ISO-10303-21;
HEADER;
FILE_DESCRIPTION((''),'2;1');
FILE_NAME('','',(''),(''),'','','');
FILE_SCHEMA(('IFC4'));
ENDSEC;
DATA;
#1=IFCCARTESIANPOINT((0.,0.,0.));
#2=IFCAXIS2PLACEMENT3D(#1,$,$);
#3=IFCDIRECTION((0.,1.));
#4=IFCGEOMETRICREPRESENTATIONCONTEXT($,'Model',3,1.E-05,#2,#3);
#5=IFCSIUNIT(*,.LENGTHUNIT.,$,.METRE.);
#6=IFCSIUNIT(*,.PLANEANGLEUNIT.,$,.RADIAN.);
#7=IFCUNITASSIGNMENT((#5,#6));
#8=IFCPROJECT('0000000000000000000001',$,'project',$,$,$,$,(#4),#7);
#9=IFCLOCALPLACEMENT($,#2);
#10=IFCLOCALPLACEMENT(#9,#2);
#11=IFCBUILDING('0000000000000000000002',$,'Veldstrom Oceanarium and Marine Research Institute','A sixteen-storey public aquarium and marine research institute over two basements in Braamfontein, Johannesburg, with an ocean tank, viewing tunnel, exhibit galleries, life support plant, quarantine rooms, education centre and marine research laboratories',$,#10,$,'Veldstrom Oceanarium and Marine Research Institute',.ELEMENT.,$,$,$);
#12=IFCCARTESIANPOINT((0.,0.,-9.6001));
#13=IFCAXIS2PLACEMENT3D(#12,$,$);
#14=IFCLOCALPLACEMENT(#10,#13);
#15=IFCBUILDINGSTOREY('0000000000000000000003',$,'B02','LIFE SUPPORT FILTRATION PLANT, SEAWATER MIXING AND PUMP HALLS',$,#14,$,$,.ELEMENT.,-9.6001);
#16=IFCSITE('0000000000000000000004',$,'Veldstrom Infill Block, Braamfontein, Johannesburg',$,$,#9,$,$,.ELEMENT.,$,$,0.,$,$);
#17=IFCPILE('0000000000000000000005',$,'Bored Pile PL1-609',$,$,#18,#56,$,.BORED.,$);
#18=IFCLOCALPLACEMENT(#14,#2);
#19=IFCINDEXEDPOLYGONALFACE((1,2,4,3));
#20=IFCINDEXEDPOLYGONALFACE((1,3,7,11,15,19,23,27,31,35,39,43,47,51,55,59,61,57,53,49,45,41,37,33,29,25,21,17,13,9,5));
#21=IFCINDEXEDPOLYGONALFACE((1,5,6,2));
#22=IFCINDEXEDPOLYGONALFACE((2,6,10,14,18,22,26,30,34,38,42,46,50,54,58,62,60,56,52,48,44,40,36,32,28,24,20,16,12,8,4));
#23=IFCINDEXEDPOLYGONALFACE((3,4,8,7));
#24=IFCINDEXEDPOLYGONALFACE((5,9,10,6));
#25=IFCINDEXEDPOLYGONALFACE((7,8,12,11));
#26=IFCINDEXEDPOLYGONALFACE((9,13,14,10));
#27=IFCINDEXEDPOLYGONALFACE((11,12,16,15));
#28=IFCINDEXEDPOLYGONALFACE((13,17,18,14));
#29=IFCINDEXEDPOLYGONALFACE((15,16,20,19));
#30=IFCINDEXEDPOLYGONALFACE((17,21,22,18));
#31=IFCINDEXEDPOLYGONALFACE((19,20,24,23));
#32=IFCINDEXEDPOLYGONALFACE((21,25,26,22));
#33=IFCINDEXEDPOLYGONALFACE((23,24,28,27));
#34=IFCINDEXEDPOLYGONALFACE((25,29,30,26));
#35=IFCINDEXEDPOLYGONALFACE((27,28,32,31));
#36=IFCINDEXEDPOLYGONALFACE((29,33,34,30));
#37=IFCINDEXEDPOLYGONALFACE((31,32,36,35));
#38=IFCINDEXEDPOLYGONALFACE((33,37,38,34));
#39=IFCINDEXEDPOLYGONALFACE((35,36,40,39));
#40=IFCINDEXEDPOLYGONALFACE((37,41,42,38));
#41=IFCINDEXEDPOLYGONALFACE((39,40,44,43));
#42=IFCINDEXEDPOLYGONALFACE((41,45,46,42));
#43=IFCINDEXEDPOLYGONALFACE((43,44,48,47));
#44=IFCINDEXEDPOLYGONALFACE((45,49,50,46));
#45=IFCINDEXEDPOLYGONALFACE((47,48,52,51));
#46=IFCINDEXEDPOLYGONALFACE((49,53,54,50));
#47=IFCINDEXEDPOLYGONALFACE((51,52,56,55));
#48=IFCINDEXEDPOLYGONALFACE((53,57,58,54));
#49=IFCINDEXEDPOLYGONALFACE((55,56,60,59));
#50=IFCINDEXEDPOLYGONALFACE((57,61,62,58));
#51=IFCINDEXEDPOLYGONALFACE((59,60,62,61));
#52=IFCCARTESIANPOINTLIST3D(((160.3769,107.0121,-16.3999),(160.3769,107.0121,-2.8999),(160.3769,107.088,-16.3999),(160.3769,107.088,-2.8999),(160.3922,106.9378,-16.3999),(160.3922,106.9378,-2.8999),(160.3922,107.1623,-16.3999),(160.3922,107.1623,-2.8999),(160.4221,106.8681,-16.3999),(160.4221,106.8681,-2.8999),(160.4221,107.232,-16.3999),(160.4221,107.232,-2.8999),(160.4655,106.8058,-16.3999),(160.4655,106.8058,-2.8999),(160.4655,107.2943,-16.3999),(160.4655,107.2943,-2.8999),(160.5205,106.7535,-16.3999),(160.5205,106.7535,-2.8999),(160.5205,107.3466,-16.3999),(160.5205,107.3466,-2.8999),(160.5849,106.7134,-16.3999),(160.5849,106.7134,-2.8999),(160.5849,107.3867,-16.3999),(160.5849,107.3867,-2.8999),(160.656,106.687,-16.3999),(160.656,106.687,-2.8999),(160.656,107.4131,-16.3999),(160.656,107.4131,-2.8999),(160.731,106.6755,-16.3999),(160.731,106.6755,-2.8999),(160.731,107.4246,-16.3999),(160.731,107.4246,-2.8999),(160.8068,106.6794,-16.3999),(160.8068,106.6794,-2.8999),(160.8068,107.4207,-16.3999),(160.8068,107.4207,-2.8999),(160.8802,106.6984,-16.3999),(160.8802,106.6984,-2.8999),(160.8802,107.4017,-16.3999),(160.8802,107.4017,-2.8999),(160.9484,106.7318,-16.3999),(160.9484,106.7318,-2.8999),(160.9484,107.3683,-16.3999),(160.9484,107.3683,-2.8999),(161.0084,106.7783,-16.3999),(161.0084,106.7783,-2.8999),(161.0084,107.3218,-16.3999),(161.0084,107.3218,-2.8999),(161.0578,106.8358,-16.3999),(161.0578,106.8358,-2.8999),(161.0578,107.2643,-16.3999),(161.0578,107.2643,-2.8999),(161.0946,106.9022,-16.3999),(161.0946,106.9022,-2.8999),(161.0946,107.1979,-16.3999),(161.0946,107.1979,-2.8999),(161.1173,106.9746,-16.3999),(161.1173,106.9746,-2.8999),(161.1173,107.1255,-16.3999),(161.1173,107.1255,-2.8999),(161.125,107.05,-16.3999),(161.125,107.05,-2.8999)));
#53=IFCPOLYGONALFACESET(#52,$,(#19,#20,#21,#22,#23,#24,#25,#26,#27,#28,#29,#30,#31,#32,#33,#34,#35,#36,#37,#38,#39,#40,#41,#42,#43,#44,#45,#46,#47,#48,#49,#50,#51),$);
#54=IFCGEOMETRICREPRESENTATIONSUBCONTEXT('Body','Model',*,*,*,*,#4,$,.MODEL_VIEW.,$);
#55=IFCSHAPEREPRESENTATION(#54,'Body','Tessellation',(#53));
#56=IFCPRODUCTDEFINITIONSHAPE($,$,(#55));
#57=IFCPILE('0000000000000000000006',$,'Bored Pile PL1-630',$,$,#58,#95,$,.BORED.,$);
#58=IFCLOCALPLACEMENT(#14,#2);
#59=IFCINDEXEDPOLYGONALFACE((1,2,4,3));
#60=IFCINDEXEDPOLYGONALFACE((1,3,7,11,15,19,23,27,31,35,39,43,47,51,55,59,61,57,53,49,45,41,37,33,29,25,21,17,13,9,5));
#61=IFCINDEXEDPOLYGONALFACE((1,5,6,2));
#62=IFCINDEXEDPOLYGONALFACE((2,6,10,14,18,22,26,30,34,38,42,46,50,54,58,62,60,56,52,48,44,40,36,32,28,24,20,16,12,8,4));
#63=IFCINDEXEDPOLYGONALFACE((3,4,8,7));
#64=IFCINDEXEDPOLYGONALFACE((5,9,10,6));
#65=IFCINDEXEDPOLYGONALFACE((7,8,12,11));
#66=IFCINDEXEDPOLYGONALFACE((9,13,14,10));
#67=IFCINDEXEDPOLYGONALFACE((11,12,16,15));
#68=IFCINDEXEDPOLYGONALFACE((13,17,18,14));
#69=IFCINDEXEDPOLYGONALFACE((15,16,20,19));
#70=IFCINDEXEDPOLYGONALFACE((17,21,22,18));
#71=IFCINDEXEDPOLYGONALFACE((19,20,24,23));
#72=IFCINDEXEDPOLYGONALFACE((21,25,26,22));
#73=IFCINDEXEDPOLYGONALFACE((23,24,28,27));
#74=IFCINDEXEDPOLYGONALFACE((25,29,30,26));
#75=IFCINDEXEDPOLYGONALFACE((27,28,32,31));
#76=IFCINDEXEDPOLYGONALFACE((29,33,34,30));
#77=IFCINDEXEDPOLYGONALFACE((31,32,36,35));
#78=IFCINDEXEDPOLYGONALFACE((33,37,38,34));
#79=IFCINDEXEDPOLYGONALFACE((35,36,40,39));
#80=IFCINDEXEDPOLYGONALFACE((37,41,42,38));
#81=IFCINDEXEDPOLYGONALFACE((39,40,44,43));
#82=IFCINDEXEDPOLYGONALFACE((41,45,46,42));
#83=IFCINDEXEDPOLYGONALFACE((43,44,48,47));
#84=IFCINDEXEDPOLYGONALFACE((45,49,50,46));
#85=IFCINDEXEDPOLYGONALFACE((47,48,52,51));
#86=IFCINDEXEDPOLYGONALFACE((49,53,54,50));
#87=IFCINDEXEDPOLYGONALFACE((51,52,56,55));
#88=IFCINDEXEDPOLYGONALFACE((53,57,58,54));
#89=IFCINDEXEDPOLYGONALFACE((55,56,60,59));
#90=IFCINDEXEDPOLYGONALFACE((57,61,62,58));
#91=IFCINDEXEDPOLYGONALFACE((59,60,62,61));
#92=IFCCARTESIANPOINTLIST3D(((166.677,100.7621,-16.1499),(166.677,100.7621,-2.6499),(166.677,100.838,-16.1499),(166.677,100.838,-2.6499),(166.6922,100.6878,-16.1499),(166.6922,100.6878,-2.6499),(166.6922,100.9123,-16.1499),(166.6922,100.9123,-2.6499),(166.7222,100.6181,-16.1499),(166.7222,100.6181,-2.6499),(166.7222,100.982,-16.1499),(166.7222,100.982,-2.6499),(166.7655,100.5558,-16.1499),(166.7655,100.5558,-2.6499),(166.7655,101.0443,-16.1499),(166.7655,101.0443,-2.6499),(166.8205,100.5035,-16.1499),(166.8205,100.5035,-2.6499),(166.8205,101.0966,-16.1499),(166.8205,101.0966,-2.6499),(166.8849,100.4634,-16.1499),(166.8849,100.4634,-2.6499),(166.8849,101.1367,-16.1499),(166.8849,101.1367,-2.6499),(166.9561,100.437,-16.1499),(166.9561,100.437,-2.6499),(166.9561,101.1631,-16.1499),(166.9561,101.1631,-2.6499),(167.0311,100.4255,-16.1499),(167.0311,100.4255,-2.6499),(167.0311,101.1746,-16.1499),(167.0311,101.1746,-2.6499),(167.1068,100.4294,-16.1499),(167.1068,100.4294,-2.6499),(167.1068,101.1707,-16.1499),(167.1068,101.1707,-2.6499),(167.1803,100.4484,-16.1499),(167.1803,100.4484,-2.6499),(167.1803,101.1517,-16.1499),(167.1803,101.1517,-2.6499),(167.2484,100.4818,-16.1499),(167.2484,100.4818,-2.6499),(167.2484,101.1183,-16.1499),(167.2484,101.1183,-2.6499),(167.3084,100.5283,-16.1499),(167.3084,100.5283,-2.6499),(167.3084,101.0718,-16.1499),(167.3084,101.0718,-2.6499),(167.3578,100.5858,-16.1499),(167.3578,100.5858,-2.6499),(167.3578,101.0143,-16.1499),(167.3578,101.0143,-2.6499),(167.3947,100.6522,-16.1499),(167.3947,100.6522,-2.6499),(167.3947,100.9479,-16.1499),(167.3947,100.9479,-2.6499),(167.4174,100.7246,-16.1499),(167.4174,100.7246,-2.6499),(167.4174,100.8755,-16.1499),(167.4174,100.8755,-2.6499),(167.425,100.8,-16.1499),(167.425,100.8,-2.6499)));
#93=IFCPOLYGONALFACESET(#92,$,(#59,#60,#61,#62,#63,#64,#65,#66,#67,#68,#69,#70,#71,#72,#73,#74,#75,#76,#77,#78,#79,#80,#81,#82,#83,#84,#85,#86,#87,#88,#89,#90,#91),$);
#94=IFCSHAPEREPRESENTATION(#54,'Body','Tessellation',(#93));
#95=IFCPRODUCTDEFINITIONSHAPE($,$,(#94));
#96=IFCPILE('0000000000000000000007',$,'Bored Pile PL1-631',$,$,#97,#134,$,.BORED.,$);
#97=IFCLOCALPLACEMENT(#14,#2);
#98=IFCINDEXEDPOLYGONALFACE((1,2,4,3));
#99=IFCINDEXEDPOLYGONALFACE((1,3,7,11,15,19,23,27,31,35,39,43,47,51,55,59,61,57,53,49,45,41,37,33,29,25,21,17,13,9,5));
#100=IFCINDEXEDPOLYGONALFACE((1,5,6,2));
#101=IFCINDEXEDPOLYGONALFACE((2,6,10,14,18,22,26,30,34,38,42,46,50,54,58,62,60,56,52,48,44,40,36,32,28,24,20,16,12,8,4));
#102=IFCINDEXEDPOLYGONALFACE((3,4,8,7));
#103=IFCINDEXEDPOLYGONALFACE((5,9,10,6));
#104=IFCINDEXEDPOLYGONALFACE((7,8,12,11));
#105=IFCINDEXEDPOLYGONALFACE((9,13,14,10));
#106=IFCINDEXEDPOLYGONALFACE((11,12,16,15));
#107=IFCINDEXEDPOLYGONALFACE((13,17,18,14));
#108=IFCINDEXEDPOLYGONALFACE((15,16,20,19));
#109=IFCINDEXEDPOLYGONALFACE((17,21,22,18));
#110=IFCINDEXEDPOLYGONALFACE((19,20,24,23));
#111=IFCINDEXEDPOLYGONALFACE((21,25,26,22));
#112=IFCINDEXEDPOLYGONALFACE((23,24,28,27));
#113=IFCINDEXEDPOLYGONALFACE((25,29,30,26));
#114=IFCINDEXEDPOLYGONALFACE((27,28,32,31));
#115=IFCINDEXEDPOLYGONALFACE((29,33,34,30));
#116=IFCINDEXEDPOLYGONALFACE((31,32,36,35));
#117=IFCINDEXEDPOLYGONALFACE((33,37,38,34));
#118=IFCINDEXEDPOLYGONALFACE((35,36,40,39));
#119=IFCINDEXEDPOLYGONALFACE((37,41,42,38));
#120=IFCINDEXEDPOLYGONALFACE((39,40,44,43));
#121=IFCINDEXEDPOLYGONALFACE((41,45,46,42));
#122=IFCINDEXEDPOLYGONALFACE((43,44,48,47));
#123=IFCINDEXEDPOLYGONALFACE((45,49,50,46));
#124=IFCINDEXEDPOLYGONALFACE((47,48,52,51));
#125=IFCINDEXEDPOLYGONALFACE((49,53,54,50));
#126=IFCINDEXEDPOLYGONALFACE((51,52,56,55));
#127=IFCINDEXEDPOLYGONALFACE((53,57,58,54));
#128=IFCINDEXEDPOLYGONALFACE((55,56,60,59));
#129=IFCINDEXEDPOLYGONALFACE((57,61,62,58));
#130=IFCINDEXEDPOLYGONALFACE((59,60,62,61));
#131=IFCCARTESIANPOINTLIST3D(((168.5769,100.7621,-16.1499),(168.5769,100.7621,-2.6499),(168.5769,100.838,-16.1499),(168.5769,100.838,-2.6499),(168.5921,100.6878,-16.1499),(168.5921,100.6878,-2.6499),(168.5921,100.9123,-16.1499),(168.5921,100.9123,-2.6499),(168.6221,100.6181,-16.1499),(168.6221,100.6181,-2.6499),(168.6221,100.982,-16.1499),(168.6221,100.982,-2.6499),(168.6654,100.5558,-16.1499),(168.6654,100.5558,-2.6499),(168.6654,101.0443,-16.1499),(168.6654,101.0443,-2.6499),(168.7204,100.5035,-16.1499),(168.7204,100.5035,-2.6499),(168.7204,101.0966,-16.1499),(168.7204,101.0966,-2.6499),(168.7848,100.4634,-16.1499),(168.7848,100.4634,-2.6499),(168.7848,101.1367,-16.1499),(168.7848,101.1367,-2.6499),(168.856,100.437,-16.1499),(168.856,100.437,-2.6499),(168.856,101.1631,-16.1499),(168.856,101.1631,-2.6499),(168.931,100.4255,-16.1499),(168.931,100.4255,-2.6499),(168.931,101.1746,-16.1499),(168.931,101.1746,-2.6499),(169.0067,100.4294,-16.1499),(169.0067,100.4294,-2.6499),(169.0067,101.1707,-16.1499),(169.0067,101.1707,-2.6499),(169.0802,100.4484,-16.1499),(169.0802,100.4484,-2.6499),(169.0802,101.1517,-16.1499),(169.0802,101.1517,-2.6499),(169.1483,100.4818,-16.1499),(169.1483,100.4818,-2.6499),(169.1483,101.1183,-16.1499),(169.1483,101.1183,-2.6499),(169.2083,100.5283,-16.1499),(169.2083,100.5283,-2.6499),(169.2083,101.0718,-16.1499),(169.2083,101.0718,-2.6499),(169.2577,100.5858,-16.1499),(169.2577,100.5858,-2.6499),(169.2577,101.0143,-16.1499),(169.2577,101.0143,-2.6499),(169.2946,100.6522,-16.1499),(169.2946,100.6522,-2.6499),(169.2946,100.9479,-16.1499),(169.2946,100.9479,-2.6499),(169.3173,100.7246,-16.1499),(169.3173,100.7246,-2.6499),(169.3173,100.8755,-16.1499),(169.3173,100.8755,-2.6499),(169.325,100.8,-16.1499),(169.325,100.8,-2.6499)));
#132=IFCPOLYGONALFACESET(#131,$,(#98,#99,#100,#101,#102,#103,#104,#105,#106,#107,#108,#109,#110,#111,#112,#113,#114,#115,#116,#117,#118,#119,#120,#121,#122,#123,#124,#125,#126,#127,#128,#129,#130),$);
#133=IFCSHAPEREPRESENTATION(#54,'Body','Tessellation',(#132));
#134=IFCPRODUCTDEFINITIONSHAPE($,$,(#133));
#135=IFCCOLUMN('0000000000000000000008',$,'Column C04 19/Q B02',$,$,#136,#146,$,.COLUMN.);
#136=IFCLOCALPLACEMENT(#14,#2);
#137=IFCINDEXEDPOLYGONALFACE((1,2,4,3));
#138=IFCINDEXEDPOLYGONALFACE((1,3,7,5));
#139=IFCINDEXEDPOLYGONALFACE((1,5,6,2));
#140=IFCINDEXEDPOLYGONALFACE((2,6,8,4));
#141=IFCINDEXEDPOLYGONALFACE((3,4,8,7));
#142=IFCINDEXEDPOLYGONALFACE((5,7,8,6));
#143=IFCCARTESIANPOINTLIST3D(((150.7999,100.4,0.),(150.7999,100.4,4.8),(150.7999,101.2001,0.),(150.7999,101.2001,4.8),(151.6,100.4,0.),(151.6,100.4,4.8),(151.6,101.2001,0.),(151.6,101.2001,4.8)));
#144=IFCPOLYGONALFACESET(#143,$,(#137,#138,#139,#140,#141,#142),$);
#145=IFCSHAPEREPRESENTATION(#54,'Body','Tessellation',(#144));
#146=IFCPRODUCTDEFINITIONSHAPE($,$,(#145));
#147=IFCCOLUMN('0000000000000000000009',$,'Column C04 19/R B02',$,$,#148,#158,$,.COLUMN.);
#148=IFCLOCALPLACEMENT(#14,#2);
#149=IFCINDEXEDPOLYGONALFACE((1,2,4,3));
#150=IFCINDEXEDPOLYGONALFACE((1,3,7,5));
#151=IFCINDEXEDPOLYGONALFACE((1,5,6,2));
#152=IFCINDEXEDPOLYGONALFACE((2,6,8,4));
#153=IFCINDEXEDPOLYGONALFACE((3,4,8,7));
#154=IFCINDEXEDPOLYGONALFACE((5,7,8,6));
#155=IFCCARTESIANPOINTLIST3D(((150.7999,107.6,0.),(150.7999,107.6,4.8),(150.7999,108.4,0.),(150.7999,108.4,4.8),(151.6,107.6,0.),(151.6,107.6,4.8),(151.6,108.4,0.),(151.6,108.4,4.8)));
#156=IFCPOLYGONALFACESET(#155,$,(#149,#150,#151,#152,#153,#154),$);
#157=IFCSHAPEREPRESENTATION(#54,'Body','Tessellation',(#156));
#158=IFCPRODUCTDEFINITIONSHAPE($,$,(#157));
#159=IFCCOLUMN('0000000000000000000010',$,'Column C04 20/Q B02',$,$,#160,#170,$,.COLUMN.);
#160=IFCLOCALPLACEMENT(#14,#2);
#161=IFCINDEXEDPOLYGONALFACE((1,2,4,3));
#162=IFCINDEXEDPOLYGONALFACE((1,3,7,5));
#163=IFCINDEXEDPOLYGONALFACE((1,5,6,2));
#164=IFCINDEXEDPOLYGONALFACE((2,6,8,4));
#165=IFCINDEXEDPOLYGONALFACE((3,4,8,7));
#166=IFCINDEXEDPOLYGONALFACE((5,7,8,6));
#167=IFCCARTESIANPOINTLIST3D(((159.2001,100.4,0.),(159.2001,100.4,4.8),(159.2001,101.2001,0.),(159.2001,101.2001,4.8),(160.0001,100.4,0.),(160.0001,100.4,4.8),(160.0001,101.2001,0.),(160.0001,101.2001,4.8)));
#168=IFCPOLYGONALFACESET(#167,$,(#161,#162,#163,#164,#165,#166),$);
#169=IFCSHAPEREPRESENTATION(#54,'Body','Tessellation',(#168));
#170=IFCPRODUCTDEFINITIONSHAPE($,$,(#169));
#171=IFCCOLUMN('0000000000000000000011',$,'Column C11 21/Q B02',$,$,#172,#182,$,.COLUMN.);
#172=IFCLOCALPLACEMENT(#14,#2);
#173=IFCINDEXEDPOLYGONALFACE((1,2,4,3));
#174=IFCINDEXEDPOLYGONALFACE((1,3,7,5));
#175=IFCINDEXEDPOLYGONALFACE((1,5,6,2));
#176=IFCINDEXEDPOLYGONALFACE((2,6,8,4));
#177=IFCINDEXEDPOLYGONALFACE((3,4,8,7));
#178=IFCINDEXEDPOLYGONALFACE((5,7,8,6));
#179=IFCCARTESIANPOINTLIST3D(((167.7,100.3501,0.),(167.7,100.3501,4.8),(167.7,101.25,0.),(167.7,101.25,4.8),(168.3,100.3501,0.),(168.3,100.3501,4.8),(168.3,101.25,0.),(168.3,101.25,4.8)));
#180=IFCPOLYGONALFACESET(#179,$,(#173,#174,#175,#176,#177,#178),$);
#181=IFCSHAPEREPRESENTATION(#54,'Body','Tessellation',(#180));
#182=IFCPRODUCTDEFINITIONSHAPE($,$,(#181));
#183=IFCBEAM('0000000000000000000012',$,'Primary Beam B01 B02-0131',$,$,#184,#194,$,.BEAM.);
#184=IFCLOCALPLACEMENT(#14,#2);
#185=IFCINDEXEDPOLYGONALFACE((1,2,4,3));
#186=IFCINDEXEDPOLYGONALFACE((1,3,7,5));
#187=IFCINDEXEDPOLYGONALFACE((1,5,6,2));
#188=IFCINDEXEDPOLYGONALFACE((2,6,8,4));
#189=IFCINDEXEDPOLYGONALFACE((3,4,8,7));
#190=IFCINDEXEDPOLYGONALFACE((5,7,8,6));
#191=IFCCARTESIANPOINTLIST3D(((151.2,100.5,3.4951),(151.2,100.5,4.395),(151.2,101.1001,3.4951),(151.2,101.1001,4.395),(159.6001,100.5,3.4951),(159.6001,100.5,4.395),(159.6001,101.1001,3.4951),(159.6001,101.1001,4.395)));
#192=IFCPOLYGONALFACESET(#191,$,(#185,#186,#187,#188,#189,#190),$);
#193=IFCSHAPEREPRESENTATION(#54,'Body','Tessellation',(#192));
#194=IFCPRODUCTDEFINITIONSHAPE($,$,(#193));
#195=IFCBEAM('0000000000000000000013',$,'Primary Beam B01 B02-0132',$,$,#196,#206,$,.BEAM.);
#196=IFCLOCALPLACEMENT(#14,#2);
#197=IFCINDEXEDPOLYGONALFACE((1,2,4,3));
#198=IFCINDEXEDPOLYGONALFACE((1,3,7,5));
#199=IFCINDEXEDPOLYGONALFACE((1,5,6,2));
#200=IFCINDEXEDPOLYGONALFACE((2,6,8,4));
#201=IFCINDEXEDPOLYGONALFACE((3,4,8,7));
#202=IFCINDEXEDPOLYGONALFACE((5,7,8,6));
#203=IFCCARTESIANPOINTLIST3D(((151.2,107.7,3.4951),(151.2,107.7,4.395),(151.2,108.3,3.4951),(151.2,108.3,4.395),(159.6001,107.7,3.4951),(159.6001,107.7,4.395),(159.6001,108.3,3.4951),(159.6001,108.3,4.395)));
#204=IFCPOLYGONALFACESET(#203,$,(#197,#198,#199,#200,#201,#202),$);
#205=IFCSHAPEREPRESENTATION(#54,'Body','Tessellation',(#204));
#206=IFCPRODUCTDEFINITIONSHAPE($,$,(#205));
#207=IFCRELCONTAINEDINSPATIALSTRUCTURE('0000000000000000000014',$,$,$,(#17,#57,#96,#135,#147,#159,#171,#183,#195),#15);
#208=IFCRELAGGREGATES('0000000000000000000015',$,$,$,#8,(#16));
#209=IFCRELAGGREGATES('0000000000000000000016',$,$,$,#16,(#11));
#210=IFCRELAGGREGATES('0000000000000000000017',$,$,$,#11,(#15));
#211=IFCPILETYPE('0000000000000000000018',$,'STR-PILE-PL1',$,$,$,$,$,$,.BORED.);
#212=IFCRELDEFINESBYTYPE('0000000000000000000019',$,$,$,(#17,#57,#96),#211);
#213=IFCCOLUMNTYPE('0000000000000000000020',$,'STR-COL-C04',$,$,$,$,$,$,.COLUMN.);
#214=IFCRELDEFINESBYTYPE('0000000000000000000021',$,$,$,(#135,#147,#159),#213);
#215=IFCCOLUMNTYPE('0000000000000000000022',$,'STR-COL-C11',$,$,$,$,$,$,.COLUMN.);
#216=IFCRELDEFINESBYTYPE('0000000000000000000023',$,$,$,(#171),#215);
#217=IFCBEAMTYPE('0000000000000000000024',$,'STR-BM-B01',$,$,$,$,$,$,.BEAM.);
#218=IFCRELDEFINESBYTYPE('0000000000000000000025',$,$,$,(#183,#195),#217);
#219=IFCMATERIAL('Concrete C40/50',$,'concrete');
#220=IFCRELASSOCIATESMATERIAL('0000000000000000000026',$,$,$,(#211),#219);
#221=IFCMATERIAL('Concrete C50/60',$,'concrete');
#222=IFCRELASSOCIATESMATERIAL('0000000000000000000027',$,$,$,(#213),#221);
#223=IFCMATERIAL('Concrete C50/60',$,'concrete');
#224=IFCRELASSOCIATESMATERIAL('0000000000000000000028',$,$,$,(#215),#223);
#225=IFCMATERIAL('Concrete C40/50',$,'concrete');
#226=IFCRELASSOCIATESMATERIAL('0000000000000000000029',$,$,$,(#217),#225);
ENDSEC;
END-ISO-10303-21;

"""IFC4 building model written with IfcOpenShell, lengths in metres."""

from ifc_helpers import new_model, si_unit, direction, frame, origin, origin_2d, place, context, subcontext, project, spatial, rectangle, circle, extrude, material, material_profile, profile_set, type_object, element, save


model = new_model("IFC4")

# Units and contexts
model_context = context("Model", 3, precision=1e-05, world=origin(), true_north=direction((0.0, 1.0)))
body_context = subcontext(model_context, "Body", "Model", "MODEL_VIEW")
ifc_project = project(units=[si_unit("LENGTHUNIT", "METRE"), si_unit("PLANEANGLEUNIT", "RADIAN")], contexts=[model_context])

# Site, building, storey
site_placement = place(None, origin())
site = spatial("IfcSite", under=ifc_project, at=site_placement, Name="Veldstrom Infill Block, Braamfontein, Johannesburg", CompositionType="ELEMENT", RefElevation=0.0)
building_placement = place(site_placement, origin())
building = spatial("IfcBuilding", under=site, at=building_placement, Name="Veldstrom Oceanarium and Marine Research Institute", Description="A sixteen-storey public aquarium and marine research institute over two basements in Braamfontein, Johannesburg, with an ocean tank, viewing tunnel, exhibit galleries, life support plant, quarantine rooms, education centre and marine research laboratories", LongName="Veldstrom Oceanarium and Marine Research Institute", CompositionType="ELEMENT")
storey_placement = place(building_placement, frame((0.0, 0.0, -9.6001)))
storey = spatial("IfcBuildingStorey", under=building, at=storey_placement, Name="B02", Description="LIFE SUPPORT FILTRATION PLANT, SEAWATER MIXING AND PUMP HALLS", CompositionType="ELEMENT", Elevation=-9.6001)

# Piles
ifc_material_1 = material(Name="Concrete C40/50", Category="concrete")
ifc_material_profile_1 = material_profile(ifc_material_1, circle(Radius=0.375, at=origin_2d()), Name="PILE-D750")
ifc_profile_set_1 = profile_set([ifc_material_profile_1], Name="Concrete C40/50")
pile_type = type_object("IfcPileType", Name="STR-PILE-PL1", PredefinedType="BORED", material=ifc_profile_set_1)
for number, where, z_axis, x_axis, name in (
    (1, (160.75, 107.05, -2.8999), (0.0, 0.0, -1.0), (1.0, 0.0, 0.0), "Bored Pile PL1-609"),
    (2, (167.05, 100.8, -2.6499), (0.0, 0.0, -1.0), (1.0, 0.0, 0.0), "Bored Pile PL1-630"),
    (3, (168.95, 100.8, -2.6499), (0.0, 0.0, -1.0), (1.0, 0.0, 0.0), "Bored Pile PL1-631"),
):
    element("IfcPile", number, at=place(storey_placement, frame(where, z_axis=z_axis, x_axis=x_axis)), inside=storey, type_object=pile_type, Name=name, PredefinedType="BORED", context=body_context, shape_type="SweptSolid", body=[
        extrude(circle(Radius=0.375, at=origin_2d()), origin(), (0.0, 0.0, 1.0), 13.5),
    ])

# Columns
ifc_material_2 = material(Name="Concrete C50/60", Category="concrete")
ifc_material_profile_2 = material_profile(ifc_material_2, rectangle(XDim=0.8, YDim=0.8, at=origin_2d()), Name="RC-COL-800x800")
ifc_profile_set_2 = profile_set([ifc_material_profile_2], Name="Concrete C50/60")
column_type_1 = type_object("IfcColumnType", Name="STR-COL-C04", PredefinedType="COLUMN", material=ifc_profile_set_2)
for number, where, z_axis, x_axis, name in (
    (4, (151.2, 100.8, 0.0), (0.0, 0.0, 1.0), (1.0, 0.0, 0.0), "Column C04 19/Q B02"),
    (5, (151.2, 108.0, 0.0), (0.0, 0.0, 1.0), (1.0, 0.0, 0.0), "Column C04 19/R B02"),
    (6, (159.6001, 100.8, 0.0), (0.0, 0.0, 1.0), (1.0, 0.0, 0.0), "Column C04 20/Q B02"),
):
    element("IfcColumn", number, at=place(storey_placement, frame(where, z_axis=z_axis, x_axis=x_axis)), inside=storey, type_object=column_type_1, Name=name, PredefinedType="COLUMN", context=body_context, shape_type="SweptSolid", body=[
        extrude(rectangle(XDim=0.8, YDim=0.8, at=origin_2d()), origin(), (0.0, 0.0, 1.0), 4.8),
    ])
ifc_material_3 = material(Name="Concrete C50/60", Category="concrete")
ifc_material_profile_3 = material_profile(ifc_material_3, rectangle(XDim=0.6001, YDim=0.8999, at=origin_2d()), Name="RC-COL-900x600")
ifc_profile_set_3 = profile_set([ifc_material_profile_3], Name="Concrete C50/60")
column_type_2 = type_object("IfcColumnType", Name="STR-COL-C11", PredefinedType="COLUMN", material=ifc_profile_set_3)
column_placement = place(storey_placement, frame((168.0, 100.8, 0.0), z_axis=(0.0, 0.0, 1.0), x_axis=(1.0, 0.0, 0.0)))
element("IfcColumn", 7, at=column_placement, inside=storey, type_object=column_type_2, Name="Column C11 21/Q B02", PredefinedType="COLUMN", context=body_context, shape_type="SweptSolid", body=[
    extrude(rectangle(XDim=0.6001, YDim=0.8999, at=origin_2d()), origin(), (0.0, 0.0, 1.0), 4.8),
])

# Beams
ifc_material_4 = material(Name="Concrete C40/50", Category="concrete")
ifc_material_profile_4 = material_profile(ifc_material_4, rectangle(XDim=0.6001, YDim=0.8999, at=origin_2d()), Name="RC-BM-600x900")
ifc_profile_set_4 = profile_set([ifc_material_profile_4], Name="Concrete C40/50")
beam_type_1 = type_object("IfcBeamType", Name="STR-BM-B01", PredefinedType="BEAM", material=ifc_profile_set_4)
for number, where, z_axis, x_axis, name in (
    (8, (151.2, 100.8, 3.9451), (1.0, 0.0, 0.0), (0.0, 1.0, 0.0), "Primary Beam B01 B02-0131"),
    (9, (151.2, 108.0, 3.9451), (1.0, 0.0, 0.0), (0.0, 1.0, 0.0), "Primary Beam B01 B02-0132"),
):
    element("IfcBeam", number, at=place(storey_placement, frame(where, z_axis=z_axis, x_axis=x_axis)), inside=storey, type_object=beam_type_1, Name=name, PredefinedType="BEAM", context=body_context, shape_type="SweptSolid", body=[
        extrude(rectangle(XDim=0.6001, YDim=0.8999, at=origin_2d()), origin(), (0.0, 0.0, 1.0), 8.4001),
    ])

save(model, "model.ifc")
